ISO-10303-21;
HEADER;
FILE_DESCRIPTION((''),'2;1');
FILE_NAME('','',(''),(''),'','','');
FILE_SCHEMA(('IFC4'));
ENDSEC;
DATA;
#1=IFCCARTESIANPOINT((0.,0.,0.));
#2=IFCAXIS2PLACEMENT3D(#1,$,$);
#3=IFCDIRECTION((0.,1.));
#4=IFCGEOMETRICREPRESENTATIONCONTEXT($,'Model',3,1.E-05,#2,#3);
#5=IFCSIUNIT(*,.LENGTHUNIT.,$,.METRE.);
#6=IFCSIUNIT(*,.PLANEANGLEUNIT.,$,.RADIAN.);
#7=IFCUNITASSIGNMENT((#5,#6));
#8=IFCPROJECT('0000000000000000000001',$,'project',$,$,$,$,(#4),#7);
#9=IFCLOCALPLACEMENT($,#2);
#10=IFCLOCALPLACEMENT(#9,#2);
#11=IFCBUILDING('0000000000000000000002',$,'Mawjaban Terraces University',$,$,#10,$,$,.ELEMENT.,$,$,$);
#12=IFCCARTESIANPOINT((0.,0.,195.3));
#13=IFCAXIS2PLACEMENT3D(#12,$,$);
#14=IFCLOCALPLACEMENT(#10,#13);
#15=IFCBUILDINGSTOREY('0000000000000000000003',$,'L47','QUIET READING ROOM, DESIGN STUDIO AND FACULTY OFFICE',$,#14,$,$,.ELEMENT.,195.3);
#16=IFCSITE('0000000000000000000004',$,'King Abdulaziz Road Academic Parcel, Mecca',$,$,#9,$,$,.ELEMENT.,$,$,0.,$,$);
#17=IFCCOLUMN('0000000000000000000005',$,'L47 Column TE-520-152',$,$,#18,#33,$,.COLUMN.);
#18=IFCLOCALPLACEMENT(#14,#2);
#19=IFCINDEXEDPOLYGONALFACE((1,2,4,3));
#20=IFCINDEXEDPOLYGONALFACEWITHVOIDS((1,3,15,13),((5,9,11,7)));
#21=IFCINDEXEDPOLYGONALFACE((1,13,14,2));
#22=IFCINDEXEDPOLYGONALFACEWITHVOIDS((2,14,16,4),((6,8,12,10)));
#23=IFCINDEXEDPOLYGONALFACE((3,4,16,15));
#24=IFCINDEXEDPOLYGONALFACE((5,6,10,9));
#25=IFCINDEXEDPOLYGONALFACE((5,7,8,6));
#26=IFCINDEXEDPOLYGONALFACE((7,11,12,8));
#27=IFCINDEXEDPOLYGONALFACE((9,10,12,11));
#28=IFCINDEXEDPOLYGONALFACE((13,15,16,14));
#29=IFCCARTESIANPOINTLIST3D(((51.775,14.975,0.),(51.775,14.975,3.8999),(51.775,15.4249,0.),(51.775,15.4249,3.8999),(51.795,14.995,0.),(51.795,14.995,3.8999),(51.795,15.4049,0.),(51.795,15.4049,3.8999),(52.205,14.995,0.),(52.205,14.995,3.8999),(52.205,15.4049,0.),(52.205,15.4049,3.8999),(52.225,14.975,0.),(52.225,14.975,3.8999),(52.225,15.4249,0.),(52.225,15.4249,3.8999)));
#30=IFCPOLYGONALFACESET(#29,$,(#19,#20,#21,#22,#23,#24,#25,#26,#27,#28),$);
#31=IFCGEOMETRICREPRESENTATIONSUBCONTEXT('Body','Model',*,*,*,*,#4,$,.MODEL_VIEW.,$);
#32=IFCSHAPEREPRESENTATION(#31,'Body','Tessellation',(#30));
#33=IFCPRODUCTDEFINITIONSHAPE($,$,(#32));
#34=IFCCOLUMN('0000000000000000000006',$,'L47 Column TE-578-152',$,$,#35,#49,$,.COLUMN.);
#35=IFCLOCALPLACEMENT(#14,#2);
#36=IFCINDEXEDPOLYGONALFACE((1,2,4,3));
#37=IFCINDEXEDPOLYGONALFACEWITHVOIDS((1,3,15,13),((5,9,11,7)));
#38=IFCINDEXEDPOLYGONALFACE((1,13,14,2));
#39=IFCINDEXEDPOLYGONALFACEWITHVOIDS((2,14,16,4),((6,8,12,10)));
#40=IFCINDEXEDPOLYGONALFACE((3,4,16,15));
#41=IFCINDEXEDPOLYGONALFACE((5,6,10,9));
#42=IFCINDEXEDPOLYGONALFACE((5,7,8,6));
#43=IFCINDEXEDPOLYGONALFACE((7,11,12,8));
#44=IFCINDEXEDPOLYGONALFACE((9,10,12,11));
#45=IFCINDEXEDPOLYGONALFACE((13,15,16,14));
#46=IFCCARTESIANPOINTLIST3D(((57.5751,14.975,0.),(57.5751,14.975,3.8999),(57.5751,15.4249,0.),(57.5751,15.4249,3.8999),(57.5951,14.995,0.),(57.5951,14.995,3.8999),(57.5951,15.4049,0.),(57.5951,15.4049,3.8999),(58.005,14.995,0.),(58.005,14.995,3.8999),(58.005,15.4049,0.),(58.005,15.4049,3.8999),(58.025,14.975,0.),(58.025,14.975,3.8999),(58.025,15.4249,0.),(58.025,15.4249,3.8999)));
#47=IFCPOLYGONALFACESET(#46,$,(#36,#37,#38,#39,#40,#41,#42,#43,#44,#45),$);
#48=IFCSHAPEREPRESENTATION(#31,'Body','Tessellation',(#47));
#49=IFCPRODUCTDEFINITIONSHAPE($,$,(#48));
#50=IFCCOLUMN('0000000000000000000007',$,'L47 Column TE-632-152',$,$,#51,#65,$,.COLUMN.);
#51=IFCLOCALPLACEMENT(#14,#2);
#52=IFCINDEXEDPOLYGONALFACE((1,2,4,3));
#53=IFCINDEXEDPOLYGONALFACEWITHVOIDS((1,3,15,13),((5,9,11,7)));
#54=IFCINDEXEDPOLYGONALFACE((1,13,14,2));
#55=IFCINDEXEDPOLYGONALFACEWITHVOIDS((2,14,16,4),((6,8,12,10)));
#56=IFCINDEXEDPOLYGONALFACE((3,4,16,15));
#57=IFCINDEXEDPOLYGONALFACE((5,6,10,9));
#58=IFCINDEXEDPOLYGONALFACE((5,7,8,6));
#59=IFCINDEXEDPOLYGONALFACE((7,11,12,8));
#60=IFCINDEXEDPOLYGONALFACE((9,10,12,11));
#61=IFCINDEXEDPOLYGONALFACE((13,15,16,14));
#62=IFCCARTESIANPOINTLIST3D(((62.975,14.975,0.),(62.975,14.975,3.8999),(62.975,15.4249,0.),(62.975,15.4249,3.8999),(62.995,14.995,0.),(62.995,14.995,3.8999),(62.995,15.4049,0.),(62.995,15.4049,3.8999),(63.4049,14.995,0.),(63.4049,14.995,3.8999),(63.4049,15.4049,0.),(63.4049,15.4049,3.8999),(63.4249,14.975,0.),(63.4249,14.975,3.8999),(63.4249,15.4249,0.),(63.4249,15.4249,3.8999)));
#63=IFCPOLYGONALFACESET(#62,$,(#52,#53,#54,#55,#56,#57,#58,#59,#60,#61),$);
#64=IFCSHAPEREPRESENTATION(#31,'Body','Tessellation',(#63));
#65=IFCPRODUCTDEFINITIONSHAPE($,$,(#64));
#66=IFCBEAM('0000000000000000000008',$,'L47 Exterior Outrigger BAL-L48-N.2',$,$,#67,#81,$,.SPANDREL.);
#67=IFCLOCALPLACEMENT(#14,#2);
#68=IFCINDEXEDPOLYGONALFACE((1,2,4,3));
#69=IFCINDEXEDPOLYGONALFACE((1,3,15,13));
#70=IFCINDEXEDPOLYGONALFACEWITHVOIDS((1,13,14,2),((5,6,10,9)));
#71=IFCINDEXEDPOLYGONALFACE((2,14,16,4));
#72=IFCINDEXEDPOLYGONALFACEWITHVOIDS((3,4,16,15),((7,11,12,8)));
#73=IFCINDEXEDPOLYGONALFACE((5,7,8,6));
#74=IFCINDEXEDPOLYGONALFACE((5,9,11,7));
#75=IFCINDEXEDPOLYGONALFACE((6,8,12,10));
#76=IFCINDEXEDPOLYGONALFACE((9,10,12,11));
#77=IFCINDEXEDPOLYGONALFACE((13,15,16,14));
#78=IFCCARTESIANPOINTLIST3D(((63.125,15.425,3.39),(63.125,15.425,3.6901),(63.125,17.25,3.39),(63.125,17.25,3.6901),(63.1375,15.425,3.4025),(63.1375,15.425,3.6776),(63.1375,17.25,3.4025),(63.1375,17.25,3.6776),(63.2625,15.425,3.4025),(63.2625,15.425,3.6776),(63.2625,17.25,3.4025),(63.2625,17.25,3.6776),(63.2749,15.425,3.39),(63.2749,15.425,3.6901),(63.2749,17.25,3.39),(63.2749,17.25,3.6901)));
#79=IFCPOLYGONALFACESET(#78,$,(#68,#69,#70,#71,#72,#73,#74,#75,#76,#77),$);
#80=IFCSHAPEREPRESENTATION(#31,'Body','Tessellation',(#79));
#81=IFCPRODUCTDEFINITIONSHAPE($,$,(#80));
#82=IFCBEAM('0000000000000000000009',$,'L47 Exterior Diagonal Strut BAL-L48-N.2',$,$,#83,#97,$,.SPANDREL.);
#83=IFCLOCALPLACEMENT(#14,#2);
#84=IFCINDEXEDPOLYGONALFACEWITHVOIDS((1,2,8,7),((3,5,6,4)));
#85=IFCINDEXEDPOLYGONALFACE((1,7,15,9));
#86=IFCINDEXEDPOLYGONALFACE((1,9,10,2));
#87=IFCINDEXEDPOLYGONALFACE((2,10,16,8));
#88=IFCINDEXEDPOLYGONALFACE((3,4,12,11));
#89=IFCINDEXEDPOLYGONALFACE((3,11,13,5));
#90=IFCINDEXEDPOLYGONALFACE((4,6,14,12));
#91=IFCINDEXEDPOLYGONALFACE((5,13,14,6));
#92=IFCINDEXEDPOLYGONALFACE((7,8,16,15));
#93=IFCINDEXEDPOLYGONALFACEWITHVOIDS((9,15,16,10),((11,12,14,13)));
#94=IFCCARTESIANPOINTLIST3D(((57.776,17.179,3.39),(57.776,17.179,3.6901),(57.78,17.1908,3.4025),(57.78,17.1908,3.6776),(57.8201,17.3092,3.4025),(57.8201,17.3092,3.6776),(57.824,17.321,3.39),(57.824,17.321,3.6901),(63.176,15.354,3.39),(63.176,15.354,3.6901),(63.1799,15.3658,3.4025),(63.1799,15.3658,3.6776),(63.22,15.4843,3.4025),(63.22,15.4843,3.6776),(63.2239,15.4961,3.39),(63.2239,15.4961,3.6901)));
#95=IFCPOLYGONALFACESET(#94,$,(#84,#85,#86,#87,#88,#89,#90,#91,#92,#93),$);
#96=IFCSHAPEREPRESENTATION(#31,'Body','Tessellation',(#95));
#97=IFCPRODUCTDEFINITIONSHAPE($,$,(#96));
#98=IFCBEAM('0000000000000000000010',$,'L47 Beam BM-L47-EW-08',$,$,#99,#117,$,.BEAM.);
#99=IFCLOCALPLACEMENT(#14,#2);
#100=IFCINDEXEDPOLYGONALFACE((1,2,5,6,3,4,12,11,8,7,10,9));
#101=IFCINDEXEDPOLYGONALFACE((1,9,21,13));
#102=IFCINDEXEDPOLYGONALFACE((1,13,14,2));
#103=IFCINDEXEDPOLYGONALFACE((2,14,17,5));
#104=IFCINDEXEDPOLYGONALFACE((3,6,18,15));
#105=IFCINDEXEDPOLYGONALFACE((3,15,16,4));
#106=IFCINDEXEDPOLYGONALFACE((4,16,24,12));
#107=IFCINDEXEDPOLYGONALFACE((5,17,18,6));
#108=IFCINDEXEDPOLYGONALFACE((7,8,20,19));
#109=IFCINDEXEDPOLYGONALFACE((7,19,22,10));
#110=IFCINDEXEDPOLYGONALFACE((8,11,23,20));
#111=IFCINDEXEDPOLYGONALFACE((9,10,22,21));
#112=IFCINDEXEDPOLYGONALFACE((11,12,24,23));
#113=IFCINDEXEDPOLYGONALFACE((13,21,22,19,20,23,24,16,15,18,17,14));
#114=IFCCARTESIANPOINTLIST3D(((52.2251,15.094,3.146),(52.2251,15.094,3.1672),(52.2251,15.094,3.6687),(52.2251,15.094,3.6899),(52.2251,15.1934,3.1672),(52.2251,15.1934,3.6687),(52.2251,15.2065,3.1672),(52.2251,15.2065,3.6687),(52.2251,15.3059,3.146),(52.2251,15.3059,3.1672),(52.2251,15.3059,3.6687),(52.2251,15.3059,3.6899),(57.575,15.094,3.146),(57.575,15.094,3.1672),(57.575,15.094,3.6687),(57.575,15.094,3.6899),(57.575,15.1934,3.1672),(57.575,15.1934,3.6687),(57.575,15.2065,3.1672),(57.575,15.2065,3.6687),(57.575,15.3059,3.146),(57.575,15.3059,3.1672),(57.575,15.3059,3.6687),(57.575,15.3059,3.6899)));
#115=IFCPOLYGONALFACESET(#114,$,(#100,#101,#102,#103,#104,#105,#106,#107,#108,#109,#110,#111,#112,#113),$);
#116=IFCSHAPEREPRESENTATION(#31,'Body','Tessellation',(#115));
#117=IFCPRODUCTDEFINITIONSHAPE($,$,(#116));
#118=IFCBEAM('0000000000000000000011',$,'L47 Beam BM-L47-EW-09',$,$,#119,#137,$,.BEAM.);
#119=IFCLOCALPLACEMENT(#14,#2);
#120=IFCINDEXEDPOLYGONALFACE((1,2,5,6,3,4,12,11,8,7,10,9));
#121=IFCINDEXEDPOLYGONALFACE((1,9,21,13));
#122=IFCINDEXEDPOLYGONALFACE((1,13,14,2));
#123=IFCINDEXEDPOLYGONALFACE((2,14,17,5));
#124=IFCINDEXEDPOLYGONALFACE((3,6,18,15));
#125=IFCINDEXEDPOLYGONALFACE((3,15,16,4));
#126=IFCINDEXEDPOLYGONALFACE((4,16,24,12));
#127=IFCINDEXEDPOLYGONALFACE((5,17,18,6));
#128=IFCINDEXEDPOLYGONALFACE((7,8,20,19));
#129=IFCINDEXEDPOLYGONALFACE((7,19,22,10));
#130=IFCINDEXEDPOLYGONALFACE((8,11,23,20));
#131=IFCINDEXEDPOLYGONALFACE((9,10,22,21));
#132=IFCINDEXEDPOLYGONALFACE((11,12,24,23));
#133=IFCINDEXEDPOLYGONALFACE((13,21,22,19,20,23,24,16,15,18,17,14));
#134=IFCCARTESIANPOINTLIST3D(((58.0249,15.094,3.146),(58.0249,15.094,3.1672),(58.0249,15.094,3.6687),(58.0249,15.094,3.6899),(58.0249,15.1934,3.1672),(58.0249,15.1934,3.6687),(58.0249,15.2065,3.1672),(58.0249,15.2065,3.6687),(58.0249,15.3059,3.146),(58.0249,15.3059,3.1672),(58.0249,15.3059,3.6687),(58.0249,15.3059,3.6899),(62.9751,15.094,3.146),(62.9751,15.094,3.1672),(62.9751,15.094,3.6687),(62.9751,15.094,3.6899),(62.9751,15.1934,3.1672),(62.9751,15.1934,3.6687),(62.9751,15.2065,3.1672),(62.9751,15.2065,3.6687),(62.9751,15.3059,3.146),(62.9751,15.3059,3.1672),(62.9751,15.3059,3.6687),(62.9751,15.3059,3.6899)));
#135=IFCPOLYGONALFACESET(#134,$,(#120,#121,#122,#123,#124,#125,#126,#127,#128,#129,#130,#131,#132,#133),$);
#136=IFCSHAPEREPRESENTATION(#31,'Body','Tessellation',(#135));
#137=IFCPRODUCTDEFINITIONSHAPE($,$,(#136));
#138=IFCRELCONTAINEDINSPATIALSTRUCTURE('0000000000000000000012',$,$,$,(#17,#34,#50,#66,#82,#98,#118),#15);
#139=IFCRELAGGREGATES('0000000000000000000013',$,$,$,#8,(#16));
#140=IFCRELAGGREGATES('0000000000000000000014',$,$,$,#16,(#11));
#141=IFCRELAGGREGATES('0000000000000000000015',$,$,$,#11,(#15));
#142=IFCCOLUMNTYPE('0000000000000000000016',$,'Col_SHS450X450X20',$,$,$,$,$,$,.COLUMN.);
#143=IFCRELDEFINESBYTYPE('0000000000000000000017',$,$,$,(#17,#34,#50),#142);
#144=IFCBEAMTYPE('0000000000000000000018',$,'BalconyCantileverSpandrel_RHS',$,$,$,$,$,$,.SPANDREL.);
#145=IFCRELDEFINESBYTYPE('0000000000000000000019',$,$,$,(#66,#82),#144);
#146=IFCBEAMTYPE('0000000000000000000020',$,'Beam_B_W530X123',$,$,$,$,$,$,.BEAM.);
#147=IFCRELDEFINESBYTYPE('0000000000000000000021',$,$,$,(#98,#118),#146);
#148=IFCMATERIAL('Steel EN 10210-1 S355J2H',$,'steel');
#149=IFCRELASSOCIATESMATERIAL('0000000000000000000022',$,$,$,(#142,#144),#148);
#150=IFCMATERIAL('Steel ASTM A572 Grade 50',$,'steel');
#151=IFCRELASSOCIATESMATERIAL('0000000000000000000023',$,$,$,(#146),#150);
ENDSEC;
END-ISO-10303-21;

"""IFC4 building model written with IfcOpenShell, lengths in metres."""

from ifc_helpers import new_model, si_unit, direction, frame, origin, origin_2d, place, context, subcontext, project, spatial, hollow_rectangle, i_section, extrude, material, material_profile, profile_set, type_object, element, save


model = new_model("IFC4")

# Units and contexts
model_context = context("Model", 3, precision=1e-05, world=origin(), true_north=direction((0.0, 1.0)))
body_context = subcontext(model_context, "Body", "Model", "MODEL_VIEW")
ifc_project = project(units=[si_unit("LENGTHUNIT", "METRE"), si_unit("PLANEANGLEUNIT", "RADIAN")], contexts=[model_context])

# Site, building, storey
site_placement = place(None, origin())
site = spatial("IfcSite", under=ifc_project, at=site_placement, Name="King Abdulaziz Road Academic Parcel, Mecca", CompositionType="ELEMENT", RefElevation=0.0)
building_placement = place(site_placement, origin())
building = spatial("IfcBuilding", under=site, at=building_placement, Name="Mawjaban Terraces University", CompositionType="ELEMENT")
storey_placement = place(building_placement, frame((0.0, 0.0, 195.3)))
storey = spatial("IfcBuildingStorey", under=building, at=storey_placement, Name="L47", Description="QUIET READING ROOM, DESIGN STUDIO AND FACULTY OFFICE", CompositionType="ELEMENT", Elevation=195.3)

# Columns
ifc_material_1 = material(Name="Steel EN 10210-1 S355J2H", Category="steel")
ifc_material_profile_1 = material_profile(ifc_material_1, hollow_rectangle(XDim=0.45, YDim=0.45, WallThickness=0.02, at=origin_2d()), Name="SHS450X450X20")
ifc_profile_set_1 = profile_set([ifc_material_profile_1], Name="Steel EN 10210-1 S355J2H")
column_type = type_object("IfcColumnType", Name="Col_SHS450X450X20", PredefinedType="COLUMN", material=ifc_profile_set_1)
for number, where, z_axis, x_axis, name in (
    (1, (52.0, 15.2, 0.0), (0.0, 0.0, 1.0), (1.0, 0.0, 0.0), "L47 Column TE-520-152"),
    (2, (57.8, 15.2, 0.0), (0.0, 0.0, 1.0), (1.0, 0.0, 0.0), "L47 Column TE-578-152"),
    (3, (63.2, 15.2, 0.0), (0.0, 0.0, 1.0), (1.0, 0.0, 0.0), "L47 Column TE-632-152"),
):
    element("IfcColumn", number, at=place(storey_placement, frame(where, z_axis=z_axis, x_axis=x_axis)), inside=storey, type_object=column_type, Name=name, PredefinedType="COLUMN", context=body_context, shape_type="SweptSolid", body=[
        extrude(hollow_rectangle(XDim=0.45, YDim=0.45, WallThickness=0.02, at=origin_2d()), origin(), (0.0, 0.0, 1.0), 3.8999),
    ])

# Beams
ifc_material_profile_2 = material_profile(ifc_material_1, hollow_rectangle(XDim=0.1499, YDim=0.3, WallThickness=0.0125, at=origin_2d()), Name="RHS300X150X12.5")
ifc_profile_set_2 = profile_set([ifc_material_profile_2], Name="Steel EN 10210-1 S355J2H")
beam_type_1 = type_object("IfcBeamType", Name="BalconyCantileverSpandrel_RHS", PredefinedType="SPANDREL", material=ifc_profile_set_2)
beam_1_placement = place(storey_placement, frame((63.2, 15.425, 3.54), z_axis=(0.0, 1.0, 0.0), x_axis=(-1.0, 0.0, 0.0)))
element("IfcBeam", 4, at=beam_1_placement, inside=storey, type_object=beam_type_1, Name="L47 Exterior Outrigger BAL-L48-N.2", PredefinedType="SPANDREL", context=body_context, shape_type="SweptSolid", body=[
    extrude(hollow_rectangle(XDim=0.1499, YDim=0.3, WallThickness=0.0125, at=origin_2d()), origin(), (0.0, 0.0, 1.0), 1.825),
])
beam_2_placement = place(storey_placement, frame((63.2, 15.425, 3.54), z_axis=(-0.94736, 0.32017, 0.0), x_axis=(-0.32017, -0.94736, 0.0)))
element("IfcBeam", 5, at=beam_2_placement, inside=storey, type_object=beam_type_1, Name="L47 Exterior Diagonal Strut BAL-L48-N.2", PredefinedType="SPANDREL", context=body_context, shape_type="SweptSolid", body=[
    extrude(hollow_rectangle(XDim=0.1499, YDim=0.3, WallThickness=0.0125, at=origin_2d()), origin(), (0.0, 0.0, 1.0), 5.7),
])
ifc_material_2 = material(Name="Steel ASTM A572 Grade 50", Category="steel")
ifc_material_profile_3 = material_profile(ifc_material_2, i_section(OverallWidth=0.2119, OverallDepth=0.5439, WebThickness=0.0132, FlangeThickness=0.0212, at=origin_2d()), Name="W530X123")
ifc_profile_set_3 = profile_set([ifc_material_profile_3], Name="Steel ASTM A572 Grade 50")
beam_type_2 = type_object("IfcBeamType", Name="Beam_B_W530X123", PredefinedType="BEAM", material=ifc_profile_set_3)
beam_3_placement = place(storey_placement, frame((52.2251, 15.2, 3.418), z_axis=(1.0, 0.0, 0.0), x_axis=(0.0, 1.0, 0.0)))
element("IfcBeam", 6, at=beam_3_placement, inside=storey, type_object=beam_type_2, Name="L47 Beam BM-L47-EW-08", PredefinedType="BEAM", context=body_context, shape_type="SweptSolid", body=[
    extrude(i_section(OverallWidth=0.2119, OverallDepth=0.5439, WebThickness=0.0132, FlangeThickness=0.0212, at=origin_2d()), origin(), (0.0, 0.0, 1.0), 5.3499),
])
beam_4_placement = place(storey_placement, frame((58.0249, 15.2, 3.418), z_axis=(1.0, 0.0, 0.0), x_axis=(0.0, 1.0, 0.0)))
element("IfcBeam", 7, at=beam_4_placement, inside=storey, type_object=beam_type_2, Name="L47 Beam BM-L47-EW-09", PredefinedType="BEAM", context=body_context, shape_type="SweptSolid", body=[
    extrude(i_section(OverallWidth=0.2119, OverallDepth=0.5439, WebThickness=0.0132, FlangeThickness=0.0212, at=origin_2d()), origin(), (0.0, 0.0, 1.0), 4.9502),
])

save(model, "model.ifc")
